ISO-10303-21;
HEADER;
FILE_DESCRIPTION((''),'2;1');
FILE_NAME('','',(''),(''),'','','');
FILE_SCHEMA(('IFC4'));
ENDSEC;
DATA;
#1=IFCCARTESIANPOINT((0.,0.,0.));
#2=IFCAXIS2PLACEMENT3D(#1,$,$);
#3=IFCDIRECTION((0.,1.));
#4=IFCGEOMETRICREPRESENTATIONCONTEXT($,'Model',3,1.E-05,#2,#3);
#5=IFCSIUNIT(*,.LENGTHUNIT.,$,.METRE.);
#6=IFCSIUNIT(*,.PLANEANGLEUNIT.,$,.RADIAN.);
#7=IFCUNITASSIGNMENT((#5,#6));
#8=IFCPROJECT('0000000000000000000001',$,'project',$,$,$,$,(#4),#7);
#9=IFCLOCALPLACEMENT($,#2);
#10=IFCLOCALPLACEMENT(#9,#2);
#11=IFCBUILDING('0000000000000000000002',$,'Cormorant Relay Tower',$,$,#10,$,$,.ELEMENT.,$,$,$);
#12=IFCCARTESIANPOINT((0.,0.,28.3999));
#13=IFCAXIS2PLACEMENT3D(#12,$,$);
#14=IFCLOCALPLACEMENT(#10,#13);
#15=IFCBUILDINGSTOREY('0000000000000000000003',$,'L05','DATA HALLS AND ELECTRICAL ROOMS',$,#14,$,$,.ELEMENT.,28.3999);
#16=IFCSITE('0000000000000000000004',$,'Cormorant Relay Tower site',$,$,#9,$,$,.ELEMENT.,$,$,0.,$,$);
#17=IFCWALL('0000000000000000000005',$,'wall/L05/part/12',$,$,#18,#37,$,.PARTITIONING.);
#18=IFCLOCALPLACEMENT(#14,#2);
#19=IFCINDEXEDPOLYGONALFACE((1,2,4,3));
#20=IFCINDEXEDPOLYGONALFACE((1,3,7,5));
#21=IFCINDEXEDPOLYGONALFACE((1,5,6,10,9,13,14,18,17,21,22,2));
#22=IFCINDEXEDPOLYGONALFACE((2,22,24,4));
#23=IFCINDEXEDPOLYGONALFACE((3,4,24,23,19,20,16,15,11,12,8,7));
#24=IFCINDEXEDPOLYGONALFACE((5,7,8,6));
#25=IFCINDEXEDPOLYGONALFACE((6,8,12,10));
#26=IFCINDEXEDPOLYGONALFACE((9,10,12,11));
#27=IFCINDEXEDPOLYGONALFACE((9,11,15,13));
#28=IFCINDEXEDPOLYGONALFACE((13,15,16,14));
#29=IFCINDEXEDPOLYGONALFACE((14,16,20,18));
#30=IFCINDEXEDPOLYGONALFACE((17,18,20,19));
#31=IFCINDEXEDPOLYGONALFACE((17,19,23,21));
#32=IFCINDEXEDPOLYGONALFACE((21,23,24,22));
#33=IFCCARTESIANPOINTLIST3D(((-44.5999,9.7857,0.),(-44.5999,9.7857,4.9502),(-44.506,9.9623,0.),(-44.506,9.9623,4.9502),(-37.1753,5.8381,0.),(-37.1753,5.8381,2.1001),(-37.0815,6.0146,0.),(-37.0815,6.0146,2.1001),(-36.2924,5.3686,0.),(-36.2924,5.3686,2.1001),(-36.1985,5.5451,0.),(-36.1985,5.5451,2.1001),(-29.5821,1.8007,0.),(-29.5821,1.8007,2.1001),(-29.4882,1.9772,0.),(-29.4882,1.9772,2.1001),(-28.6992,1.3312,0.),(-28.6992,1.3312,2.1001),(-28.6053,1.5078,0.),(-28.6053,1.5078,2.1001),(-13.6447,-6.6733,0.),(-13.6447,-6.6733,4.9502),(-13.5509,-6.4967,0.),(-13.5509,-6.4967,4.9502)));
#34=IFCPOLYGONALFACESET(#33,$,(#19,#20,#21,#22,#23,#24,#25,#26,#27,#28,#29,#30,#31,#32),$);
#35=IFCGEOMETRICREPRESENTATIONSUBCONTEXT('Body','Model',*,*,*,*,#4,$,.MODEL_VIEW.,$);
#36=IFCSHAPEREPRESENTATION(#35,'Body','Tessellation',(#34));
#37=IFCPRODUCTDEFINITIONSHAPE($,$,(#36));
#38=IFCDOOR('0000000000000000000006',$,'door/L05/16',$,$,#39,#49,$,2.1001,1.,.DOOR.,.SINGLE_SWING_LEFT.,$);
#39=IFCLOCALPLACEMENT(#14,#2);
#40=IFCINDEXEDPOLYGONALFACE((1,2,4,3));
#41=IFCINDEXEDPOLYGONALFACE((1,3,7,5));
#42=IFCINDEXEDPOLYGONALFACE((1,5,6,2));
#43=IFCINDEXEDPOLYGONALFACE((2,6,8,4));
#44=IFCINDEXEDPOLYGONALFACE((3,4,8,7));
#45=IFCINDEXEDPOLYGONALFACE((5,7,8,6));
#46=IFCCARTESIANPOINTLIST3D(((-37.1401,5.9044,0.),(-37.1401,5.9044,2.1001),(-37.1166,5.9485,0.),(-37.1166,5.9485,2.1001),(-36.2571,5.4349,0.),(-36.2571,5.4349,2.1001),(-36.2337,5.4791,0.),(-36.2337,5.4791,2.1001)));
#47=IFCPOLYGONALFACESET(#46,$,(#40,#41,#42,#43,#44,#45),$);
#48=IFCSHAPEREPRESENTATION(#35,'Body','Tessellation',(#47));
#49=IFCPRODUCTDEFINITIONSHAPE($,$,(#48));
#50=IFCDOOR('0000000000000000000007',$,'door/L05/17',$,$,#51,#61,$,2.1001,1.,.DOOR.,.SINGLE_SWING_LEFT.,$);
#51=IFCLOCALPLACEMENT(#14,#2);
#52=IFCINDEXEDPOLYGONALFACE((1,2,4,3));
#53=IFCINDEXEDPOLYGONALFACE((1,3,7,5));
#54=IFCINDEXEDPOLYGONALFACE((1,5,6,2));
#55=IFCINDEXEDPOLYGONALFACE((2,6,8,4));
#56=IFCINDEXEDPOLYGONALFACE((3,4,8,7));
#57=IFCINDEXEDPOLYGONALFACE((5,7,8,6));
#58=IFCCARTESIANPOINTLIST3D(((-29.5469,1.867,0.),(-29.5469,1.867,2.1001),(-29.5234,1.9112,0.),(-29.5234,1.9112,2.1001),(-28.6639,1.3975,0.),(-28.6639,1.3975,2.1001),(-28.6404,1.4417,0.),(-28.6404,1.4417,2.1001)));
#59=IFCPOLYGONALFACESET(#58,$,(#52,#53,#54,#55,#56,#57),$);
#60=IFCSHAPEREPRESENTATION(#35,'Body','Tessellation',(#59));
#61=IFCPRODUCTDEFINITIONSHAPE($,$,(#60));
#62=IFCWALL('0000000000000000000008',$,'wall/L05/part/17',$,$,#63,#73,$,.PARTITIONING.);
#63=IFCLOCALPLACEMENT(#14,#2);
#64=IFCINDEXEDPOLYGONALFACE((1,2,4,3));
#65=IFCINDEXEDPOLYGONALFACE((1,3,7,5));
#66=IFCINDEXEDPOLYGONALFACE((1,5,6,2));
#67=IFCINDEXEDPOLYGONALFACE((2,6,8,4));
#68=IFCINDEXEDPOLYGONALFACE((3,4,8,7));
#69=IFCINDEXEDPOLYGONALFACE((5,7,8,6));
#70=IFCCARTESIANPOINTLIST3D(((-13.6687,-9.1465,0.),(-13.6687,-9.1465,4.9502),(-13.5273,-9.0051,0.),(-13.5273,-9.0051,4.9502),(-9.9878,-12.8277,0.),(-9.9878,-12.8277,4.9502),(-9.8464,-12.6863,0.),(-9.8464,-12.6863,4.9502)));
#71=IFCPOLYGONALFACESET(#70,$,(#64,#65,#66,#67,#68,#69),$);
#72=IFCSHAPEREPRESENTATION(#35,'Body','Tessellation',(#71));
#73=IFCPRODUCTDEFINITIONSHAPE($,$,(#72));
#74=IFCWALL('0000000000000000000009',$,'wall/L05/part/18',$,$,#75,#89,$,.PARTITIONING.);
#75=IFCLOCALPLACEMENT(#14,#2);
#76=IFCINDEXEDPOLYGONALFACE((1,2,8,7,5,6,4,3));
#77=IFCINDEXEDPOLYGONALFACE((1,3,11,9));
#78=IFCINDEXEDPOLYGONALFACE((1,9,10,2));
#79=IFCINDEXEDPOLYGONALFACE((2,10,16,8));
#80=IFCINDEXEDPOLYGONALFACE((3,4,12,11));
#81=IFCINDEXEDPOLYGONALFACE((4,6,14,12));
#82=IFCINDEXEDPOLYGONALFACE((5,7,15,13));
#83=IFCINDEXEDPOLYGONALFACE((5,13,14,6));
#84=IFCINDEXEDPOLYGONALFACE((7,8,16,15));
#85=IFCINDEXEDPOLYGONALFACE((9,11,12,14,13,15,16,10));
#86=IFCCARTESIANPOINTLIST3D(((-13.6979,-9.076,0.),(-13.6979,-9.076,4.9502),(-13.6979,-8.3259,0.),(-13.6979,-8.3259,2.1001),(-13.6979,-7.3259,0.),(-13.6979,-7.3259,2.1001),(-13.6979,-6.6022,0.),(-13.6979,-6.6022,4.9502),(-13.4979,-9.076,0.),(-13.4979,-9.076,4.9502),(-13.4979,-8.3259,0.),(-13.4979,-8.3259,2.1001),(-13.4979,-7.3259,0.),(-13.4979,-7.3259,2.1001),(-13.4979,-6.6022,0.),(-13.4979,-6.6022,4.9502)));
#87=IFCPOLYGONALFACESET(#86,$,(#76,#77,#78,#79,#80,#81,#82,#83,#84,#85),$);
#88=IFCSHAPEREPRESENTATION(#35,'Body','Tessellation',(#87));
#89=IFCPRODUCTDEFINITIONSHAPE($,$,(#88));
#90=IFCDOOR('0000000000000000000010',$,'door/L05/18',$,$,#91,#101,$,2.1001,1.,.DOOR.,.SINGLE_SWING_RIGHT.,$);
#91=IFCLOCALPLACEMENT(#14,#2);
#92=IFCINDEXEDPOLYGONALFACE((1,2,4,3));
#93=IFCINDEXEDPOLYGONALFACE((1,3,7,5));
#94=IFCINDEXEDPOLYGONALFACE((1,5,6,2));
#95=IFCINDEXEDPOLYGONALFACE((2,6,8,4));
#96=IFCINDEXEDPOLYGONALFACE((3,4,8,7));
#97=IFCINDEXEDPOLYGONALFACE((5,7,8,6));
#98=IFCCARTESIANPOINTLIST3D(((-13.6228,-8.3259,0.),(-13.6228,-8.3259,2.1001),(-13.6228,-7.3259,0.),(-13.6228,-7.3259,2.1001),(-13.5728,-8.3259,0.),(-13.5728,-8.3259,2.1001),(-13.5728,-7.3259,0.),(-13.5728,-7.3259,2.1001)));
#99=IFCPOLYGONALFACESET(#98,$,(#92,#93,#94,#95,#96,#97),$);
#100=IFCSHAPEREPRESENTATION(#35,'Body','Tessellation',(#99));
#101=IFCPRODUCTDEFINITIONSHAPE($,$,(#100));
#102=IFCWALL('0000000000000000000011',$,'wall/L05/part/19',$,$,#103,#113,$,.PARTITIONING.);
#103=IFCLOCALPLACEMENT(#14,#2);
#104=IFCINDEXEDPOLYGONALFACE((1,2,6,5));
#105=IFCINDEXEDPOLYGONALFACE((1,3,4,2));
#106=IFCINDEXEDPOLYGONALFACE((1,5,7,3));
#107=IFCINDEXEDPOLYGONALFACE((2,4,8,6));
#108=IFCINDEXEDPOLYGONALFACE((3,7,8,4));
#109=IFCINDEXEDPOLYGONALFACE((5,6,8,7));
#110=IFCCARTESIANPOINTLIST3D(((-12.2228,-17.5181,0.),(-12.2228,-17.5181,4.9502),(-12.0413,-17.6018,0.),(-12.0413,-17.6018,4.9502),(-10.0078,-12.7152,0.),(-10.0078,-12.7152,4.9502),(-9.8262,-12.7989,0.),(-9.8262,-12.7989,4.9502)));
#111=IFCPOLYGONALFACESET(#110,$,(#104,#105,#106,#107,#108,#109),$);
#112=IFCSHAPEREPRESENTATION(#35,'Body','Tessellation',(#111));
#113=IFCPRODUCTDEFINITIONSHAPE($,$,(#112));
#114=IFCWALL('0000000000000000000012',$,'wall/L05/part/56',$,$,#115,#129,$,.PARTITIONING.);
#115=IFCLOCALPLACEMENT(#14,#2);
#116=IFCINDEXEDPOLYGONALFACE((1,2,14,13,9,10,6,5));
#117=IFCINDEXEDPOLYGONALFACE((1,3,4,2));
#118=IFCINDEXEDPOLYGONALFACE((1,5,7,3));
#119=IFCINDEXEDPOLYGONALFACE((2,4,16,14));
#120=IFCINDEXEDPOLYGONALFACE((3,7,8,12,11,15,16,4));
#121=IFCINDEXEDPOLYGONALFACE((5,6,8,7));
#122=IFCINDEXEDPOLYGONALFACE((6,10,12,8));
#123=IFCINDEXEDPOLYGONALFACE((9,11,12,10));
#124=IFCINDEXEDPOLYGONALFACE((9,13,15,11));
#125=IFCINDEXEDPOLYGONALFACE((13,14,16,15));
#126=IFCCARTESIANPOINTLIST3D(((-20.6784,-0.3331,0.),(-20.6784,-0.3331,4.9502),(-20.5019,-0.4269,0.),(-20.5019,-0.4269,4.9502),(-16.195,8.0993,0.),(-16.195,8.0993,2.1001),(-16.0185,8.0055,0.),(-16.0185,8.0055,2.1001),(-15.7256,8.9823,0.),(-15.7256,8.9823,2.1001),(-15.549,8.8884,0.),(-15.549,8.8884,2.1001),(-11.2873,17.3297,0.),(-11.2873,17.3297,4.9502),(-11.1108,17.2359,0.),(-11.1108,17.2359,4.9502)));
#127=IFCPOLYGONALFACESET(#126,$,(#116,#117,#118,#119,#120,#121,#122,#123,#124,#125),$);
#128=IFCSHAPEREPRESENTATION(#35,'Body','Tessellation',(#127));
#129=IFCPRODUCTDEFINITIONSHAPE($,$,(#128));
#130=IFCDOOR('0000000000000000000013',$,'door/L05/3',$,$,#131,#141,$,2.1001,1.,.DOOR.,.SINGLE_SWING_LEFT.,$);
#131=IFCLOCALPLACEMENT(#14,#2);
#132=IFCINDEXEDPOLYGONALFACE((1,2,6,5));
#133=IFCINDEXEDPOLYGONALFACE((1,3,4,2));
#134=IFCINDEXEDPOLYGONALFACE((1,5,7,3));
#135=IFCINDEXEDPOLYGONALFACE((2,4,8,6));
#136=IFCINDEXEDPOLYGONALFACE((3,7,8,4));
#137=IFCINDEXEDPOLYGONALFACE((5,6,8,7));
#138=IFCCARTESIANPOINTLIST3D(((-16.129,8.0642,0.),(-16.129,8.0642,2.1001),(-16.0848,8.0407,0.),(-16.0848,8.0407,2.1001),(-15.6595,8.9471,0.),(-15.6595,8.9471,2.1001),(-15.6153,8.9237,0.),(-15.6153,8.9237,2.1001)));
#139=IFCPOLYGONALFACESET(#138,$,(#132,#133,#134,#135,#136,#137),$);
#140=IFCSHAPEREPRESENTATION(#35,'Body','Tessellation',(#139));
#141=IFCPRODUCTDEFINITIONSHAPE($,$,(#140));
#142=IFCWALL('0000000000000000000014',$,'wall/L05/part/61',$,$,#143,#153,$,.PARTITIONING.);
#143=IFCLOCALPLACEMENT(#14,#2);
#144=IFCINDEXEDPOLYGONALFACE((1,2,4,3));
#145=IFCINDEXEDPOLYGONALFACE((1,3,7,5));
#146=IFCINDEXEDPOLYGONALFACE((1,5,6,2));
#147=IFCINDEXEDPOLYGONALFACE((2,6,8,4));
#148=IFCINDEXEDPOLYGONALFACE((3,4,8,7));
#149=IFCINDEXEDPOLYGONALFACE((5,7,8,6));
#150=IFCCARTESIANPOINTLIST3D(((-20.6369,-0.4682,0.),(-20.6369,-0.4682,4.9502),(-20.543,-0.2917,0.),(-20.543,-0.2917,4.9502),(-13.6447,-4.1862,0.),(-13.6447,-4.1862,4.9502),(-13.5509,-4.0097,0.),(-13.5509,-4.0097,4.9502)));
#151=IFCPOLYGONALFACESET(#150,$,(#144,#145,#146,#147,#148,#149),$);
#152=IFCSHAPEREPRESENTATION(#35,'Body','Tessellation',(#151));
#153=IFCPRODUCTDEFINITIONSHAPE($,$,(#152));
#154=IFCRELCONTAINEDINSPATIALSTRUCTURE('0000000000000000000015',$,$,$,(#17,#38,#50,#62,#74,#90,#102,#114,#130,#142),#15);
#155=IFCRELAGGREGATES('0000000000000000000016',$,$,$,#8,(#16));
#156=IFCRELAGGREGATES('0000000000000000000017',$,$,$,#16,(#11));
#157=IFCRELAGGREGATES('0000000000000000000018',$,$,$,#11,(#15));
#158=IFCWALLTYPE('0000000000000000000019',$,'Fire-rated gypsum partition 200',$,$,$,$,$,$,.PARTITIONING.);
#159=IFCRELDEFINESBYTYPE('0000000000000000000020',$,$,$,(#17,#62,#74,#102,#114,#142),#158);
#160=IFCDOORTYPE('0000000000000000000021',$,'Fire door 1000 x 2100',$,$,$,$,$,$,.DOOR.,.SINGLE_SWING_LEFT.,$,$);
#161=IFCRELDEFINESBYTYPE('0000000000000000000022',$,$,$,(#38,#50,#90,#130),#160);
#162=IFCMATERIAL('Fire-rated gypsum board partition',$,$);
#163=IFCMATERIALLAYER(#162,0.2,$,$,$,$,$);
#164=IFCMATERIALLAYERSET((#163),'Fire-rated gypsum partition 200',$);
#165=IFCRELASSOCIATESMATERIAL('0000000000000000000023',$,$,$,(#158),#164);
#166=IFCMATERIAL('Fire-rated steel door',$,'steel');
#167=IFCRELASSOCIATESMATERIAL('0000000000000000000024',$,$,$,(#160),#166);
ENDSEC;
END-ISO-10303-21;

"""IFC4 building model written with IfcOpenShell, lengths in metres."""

from ifc_helpers import new_model, si_unit, direction, frame, frame_2d, origin, place, context, subcontext, project, spatial, rectangle, extrude, material, layer, layer_set, type_object, element, fill, save


model = new_model("IFC4")

# Units and contexts
model_context = context("Model", 3, precision=1e-05, world=origin(), true_north=direction((0.0, 1.0)))
body_context = subcontext(model_context, "Body", "Model", "MODEL_VIEW")
ifc_project = project(units=[si_unit("LENGTHUNIT", "METRE"), si_unit("PLANEANGLEUNIT", "RADIAN")], contexts=[model_context])

# Site, building, storey
site_placement = place(None, origin())
site = spatial("IfcSite", under=ifc_project, at=site_placement, Name="Cormorant Relay Tower site", CompositionType="ELEMENT", RefElevation=0.0)
building_placement = place(site_placement, origin())
building = spatial("IfcBuilding", under=site, at=building_placement, Name="Cormorant Relay Tower", CompositionType="ELEMENT")
storey_placement = place(building_placement, frame((0.0, 0.0, 28.3999)))
storey = spatial("IfcBuildingStorey", under=building, at=storey_placement, Name="L05", Description="DATA HALLS AND ELECTRICAL ROOMS", CompositionType="ELEMENT", Elevation=28.3999)

# Wall, openings, doors
ifc_material_1 = material(Name="Fire-rated gypsum board partition")
ifc_layer_1 = layer(ifc_material_1, 0.2)
ifc_layer_set_1 = layer_set([ifc_layer_1], Name="Fire-rated gypsum partition 200")
wall_type_1 = type_object("IfcWallType", Name="Fire-rated gypsum partition 200", PredefinedType="PARTITIONING", material=ifc_layer_set_1)
wall_1_placement = place(storey_placement, frame((-13.5979, -6.585, 0.0), z_axis=(0.0, 0.0, 1.0), x_axis=(-0.882949, 0.469469, 0.0)))
wall_1 = element("IfcWall", 1, at=wall_1_placement, inside=storey, type_object=wall_type_1, Name="wall/L05/part/12", PredefinedType="PARTITIONING", context=body_context, shape_type="SweptSolid", body=[
    extrude(rectangle(XDim=35.0588, YDim=0.2, at=frame_2d((17.5293, 0.0))), origin(), (0.0, 0.0, 1.0), 4.9502),
])
opening_1_placement = place(wall_1_placement, frame((25.6499, 0.0, 0.0)))
opening_1 = element("IfcOpeningElement", 2, at=opening_1_placement, cuts=wall_1, PredefinedType="OPENING", context=body_context, shape_type="SweptSolid", body=[
    extrude(rectangle(XDim=1.0, YDim=2.1001, at=frame_2d((0.5, 1.05))), frame((0.0, 0.1099, 0.0), z_axis=(0.0, -1.0, 0.0), x_axis=(1.0, 0.0, 0.0)), (0.0, 0.0, 1.0), 0.22),
])
opening_2_placement = place(wall_1_placement, frame((17.05, 0.0, 0.0)))
opening_2 = element("IfcOpeningElement", 3, at=opening_2_placement, cuts=wall_1, PredefinedType="OPENING", context=body_context, shape_type="SweptSolid", body=[
    extrude(rectangle(XDim=1.0, YDim=2.1001, at=frame_2d((0.5, 1.05))), frame((0.0, 0.1099, 0.0), z_axis=(0.0, -1.0, 0.0), x_axis=(1.0, 0.0, 0.0)), (0.0, 0.0, 1.0), 0.22),
])
ifc_material_2 = material(Name="Fire-rated steel door", Category="steel")
door_type_1 = type_object("IfcDoorType", Name="Fire door 1000 x 2100", OperationType="SINGLE_SWING_LEFT", PredefinedType="DOOR", material=ifc_material_2)
door_1_placement = place(opening_1_placement, origin())
door_1 = element("IfcDoor", 4, at=door_1_placement, inside=storey, type_object=door_type_1, Name="door/L05/16", OperationType="SINGLE_SWING_LEFT", OverallHeight=2.1001, OverallWidth=1.0, PredefinedType="DOOR", context=body_context, shape_type="SweptSolid", body=[
    extrude(rectangle(XDim=1.0, YDim=2.1001, at=frame_2d((0.5, 1.05))), frame((0.0, 0.0249, 0.0), z_axis=(0.0, -1.0, 0.0), x_axis=(1.0, 0.0, 0.0)), (0.0, 0.0, 1.0), 0.05),
])
fill(opening_1, door_1)
door_2_placement = place(opening_2_placement, origin())
door_2 = element("IfcDoor", 5, at=door_2_placement, inside=storey, type_object=door_type_1, Name="door/L05/17", OperationType="SINGLE_SWING_LEFT", OverallHeight=2.1001, OverallWidth=1.0, PredefinedType="DOOR", context=body_context, shape_type="SweptSolid", body=[
    extrude(rectangle(XDim=1.0, YDim=2.1001, at=frame_2d((0.5, 1.05))), frame((0.0, 0.0249, 0.0), z_axis=(0.0, -1.0, 0.0), x_axis=(1.0, 0.0, 0.0)), (0.0, 0.0, 1.0), 0.05),
])
fill(opening_2, door_2)

# Wall
wall_2_placement = place(storey_placement, frame((-9.917, -12.7571, 0.0), z_axis=(0.0, 0.0, 1.0), x_axis=(-0.707083, 0.70713, 0.0)))
element("IfcWall", 6, at=wall_2_placement, inside=storey, type_object=wall_type_1, Name="wall/L05/part/17", PredefinedType="PARTITIONING", context=body_context, shape_type="SweptSolid", body=[
    extrude(rectangle(XDim=5.2058, YDim=0.2, at=frame_2d((2.603, 0.0))), origin(), (0.0, 0.0, 1.0), 4.9502),
])

# Wall, opening, door
wall_3_placement = place(storey_placement, frame((-13.5979, -9.0759, 0.0), z_axis=(0.0, 0.0, 1.0), x_axis=(0.0, 1.0, 0.0)))
wall_3 = element("IfcWall", 7, at=wall_3_placement, inside=storey, type_object=wall_type_1, Name="wall/L05/part/18", PredefinedType="PARTITIONING", context=body_context, shape_type="SweptSolid", body=[
    extrude(rectangle(XDim=2.4739, YDim=0.2, at=frame_2d((1.2368, 0.0))), origin(), (0.0, 0.0, 1.0), 4.9502),
])
opening_3_placement = place(wall_3_placement, frame((0.75, 0.0, 0.0)))
opening_3 = element("IfcOpeningElement", 8, at=opening_3_placement, cuts=wall_3, PredefinedType="OPENING", context=body_context, shape_type="SweptSolid", body=[
    extrude(rectangle(XDim=1.0, YDim=2.1001, at=frame_2d((0.5, 1.05))), frame((0.0, 0.1099, 0.0), z_axis=(0.0, -1.0, 0.0), x_axis=(1.0, 0.0, 0.0)), (0.0, 0.0, 1.0), 0.22),
])
door_3_placement = place(opening_3_placement, origin())
door_3 = element("IfcDoor", 9, at=door_3_placement, inside=storey, type_object=door_type_1, Name="door/L05/18", OperationType="SINGLE_SWING_RIGHT", OverallHeight=2.1001, OverallWidth=1.0, PredefinedType="DOOR", context=body_context, shape_type="SweptSolid", body=[
    extrude(rectangle(XDim=1.0, YDim=2.1001, at=frame_2d((0.5, 1.05))), frame((0.0, 0.0249, 0.0), z_axis=(0.0, -1.0, 0.0), x_axis=(1.0, 0.0, 0.0)), (0.0, 0.0, 1.0), 0.05),
])
fill(opening_3, door_3)

# Wall
wall_4_placement = place(storey_placement, frame((-9.917, -12.7571, 0.0), z_axis=(0.0, 0.0, 1.0), x_axis=(-0.418798, -0.90808, 0.0)))
element("IfcWall", 10, at=wall_4_placement, inside=storey, type_object=wall_type_1, Name="wall/L05/part/19", PredefinedType="PARTITIONING", context=body_context, shape_type="SweptSolid", body=[
    extrude(rectangle(XDim=5.2891, YDim=0.2, at=frame_2d((2.6445, 0.0))), origin(), (0.0, 0.0, 1.0), 4.9502),
])

# Wall, opening, door
wall_5_placement = place(storey_placement, frame((-20.5901, -0.3799, 0.0), z_axis=(0.0, 0.0, 1.0), x_axis=(0.469457, 0.882956, 0.0)))
wall_5 = element("IfcWall", 11, at=wall_5_placement, inside=storey, type_object=wall_type_1, Name="wall/L05/part/56", PredefinedType="PARTITIONING", context=body_context, shape_type="SweptSolid", body=[
    extrude(rectangle(XDim=20.0042, YDim=0.2, at=frame_2d((10.002, 0.0))), origin(), (0.0, 0.0, 1.0), 4.9502),
])
opening_4_placement = place(wall_5_placement, frame((9.55, 0.0, 0.0)))
opening_4 = element("IfcOpeningElement", 12, at=opening_4_placement, cuts=wall_5, PredefinedType="OPENING", context=body_context, shape_type="SweptSolid", body=[
    extrude(rectangle(XDim=1.0, YDim=2.1001, at=frame_2d((0.5, 1.05))), frame((0.0, 0.1099, 0.0), z_axis=(0.0, -1.0, 0.0), x_axis=(1.0, 0.0, 0.0)), (0.0, 0.0, 1.0), 0.22),
])
door_4_placement = place(opening_4_placement, frame((1.0, 0.0, 0.0), z_axis=(0.0, 0.0, 1.0), x_axis=(-1.0, 0.0, 0.0)))
door_4 = element("IfcDoor", 13, at=door_4_placement, inside=storey, type_object=door_type_1, Name="door/L05/3", OperationType="SINGLE_SWING_LEFT", OverallHeight=2.1001, OverallWidth=1.0, PredefinedType="DOOR", context=body_context, shape_type="SweptSolid", body=[
    extrude(rectangle(XDim=1.0, YDim=2.1001, at=frame_2d((0.5, 1.05))), frame((0.0, 0.0249, 0.0), z_axis=(0.0, -1.0, 0.0), x_axis=(1.0, 0.0, 0.0)), (0.0, 0.0, 1.0), 0.05),
])
fill(opening_4, door_4)

# Wall
wall_6_placement = place(storey_placement, frame((-13.5979, -4.0979, 0.0), z_axis=(0.0, 0.0, 1.0), x_axis=(-0.882937, 0.469492, 0.0)))
element("IfcWall", 14, at=wall_6_placement, inside=storey, type_object=wall_type_1, Name="wall/L05/part/61", PredefinedType="PARTITIONING", context=body_context, shape_type="SweptSolid", body=[
    extrude(rectangle(XDim=7.9192, YDim=0.2, at=frame_2d((3.9595, 0.0))), origin(), (0.0, 0.0, 1.0), 4.9502),
])

save(model, "model.ifc")
